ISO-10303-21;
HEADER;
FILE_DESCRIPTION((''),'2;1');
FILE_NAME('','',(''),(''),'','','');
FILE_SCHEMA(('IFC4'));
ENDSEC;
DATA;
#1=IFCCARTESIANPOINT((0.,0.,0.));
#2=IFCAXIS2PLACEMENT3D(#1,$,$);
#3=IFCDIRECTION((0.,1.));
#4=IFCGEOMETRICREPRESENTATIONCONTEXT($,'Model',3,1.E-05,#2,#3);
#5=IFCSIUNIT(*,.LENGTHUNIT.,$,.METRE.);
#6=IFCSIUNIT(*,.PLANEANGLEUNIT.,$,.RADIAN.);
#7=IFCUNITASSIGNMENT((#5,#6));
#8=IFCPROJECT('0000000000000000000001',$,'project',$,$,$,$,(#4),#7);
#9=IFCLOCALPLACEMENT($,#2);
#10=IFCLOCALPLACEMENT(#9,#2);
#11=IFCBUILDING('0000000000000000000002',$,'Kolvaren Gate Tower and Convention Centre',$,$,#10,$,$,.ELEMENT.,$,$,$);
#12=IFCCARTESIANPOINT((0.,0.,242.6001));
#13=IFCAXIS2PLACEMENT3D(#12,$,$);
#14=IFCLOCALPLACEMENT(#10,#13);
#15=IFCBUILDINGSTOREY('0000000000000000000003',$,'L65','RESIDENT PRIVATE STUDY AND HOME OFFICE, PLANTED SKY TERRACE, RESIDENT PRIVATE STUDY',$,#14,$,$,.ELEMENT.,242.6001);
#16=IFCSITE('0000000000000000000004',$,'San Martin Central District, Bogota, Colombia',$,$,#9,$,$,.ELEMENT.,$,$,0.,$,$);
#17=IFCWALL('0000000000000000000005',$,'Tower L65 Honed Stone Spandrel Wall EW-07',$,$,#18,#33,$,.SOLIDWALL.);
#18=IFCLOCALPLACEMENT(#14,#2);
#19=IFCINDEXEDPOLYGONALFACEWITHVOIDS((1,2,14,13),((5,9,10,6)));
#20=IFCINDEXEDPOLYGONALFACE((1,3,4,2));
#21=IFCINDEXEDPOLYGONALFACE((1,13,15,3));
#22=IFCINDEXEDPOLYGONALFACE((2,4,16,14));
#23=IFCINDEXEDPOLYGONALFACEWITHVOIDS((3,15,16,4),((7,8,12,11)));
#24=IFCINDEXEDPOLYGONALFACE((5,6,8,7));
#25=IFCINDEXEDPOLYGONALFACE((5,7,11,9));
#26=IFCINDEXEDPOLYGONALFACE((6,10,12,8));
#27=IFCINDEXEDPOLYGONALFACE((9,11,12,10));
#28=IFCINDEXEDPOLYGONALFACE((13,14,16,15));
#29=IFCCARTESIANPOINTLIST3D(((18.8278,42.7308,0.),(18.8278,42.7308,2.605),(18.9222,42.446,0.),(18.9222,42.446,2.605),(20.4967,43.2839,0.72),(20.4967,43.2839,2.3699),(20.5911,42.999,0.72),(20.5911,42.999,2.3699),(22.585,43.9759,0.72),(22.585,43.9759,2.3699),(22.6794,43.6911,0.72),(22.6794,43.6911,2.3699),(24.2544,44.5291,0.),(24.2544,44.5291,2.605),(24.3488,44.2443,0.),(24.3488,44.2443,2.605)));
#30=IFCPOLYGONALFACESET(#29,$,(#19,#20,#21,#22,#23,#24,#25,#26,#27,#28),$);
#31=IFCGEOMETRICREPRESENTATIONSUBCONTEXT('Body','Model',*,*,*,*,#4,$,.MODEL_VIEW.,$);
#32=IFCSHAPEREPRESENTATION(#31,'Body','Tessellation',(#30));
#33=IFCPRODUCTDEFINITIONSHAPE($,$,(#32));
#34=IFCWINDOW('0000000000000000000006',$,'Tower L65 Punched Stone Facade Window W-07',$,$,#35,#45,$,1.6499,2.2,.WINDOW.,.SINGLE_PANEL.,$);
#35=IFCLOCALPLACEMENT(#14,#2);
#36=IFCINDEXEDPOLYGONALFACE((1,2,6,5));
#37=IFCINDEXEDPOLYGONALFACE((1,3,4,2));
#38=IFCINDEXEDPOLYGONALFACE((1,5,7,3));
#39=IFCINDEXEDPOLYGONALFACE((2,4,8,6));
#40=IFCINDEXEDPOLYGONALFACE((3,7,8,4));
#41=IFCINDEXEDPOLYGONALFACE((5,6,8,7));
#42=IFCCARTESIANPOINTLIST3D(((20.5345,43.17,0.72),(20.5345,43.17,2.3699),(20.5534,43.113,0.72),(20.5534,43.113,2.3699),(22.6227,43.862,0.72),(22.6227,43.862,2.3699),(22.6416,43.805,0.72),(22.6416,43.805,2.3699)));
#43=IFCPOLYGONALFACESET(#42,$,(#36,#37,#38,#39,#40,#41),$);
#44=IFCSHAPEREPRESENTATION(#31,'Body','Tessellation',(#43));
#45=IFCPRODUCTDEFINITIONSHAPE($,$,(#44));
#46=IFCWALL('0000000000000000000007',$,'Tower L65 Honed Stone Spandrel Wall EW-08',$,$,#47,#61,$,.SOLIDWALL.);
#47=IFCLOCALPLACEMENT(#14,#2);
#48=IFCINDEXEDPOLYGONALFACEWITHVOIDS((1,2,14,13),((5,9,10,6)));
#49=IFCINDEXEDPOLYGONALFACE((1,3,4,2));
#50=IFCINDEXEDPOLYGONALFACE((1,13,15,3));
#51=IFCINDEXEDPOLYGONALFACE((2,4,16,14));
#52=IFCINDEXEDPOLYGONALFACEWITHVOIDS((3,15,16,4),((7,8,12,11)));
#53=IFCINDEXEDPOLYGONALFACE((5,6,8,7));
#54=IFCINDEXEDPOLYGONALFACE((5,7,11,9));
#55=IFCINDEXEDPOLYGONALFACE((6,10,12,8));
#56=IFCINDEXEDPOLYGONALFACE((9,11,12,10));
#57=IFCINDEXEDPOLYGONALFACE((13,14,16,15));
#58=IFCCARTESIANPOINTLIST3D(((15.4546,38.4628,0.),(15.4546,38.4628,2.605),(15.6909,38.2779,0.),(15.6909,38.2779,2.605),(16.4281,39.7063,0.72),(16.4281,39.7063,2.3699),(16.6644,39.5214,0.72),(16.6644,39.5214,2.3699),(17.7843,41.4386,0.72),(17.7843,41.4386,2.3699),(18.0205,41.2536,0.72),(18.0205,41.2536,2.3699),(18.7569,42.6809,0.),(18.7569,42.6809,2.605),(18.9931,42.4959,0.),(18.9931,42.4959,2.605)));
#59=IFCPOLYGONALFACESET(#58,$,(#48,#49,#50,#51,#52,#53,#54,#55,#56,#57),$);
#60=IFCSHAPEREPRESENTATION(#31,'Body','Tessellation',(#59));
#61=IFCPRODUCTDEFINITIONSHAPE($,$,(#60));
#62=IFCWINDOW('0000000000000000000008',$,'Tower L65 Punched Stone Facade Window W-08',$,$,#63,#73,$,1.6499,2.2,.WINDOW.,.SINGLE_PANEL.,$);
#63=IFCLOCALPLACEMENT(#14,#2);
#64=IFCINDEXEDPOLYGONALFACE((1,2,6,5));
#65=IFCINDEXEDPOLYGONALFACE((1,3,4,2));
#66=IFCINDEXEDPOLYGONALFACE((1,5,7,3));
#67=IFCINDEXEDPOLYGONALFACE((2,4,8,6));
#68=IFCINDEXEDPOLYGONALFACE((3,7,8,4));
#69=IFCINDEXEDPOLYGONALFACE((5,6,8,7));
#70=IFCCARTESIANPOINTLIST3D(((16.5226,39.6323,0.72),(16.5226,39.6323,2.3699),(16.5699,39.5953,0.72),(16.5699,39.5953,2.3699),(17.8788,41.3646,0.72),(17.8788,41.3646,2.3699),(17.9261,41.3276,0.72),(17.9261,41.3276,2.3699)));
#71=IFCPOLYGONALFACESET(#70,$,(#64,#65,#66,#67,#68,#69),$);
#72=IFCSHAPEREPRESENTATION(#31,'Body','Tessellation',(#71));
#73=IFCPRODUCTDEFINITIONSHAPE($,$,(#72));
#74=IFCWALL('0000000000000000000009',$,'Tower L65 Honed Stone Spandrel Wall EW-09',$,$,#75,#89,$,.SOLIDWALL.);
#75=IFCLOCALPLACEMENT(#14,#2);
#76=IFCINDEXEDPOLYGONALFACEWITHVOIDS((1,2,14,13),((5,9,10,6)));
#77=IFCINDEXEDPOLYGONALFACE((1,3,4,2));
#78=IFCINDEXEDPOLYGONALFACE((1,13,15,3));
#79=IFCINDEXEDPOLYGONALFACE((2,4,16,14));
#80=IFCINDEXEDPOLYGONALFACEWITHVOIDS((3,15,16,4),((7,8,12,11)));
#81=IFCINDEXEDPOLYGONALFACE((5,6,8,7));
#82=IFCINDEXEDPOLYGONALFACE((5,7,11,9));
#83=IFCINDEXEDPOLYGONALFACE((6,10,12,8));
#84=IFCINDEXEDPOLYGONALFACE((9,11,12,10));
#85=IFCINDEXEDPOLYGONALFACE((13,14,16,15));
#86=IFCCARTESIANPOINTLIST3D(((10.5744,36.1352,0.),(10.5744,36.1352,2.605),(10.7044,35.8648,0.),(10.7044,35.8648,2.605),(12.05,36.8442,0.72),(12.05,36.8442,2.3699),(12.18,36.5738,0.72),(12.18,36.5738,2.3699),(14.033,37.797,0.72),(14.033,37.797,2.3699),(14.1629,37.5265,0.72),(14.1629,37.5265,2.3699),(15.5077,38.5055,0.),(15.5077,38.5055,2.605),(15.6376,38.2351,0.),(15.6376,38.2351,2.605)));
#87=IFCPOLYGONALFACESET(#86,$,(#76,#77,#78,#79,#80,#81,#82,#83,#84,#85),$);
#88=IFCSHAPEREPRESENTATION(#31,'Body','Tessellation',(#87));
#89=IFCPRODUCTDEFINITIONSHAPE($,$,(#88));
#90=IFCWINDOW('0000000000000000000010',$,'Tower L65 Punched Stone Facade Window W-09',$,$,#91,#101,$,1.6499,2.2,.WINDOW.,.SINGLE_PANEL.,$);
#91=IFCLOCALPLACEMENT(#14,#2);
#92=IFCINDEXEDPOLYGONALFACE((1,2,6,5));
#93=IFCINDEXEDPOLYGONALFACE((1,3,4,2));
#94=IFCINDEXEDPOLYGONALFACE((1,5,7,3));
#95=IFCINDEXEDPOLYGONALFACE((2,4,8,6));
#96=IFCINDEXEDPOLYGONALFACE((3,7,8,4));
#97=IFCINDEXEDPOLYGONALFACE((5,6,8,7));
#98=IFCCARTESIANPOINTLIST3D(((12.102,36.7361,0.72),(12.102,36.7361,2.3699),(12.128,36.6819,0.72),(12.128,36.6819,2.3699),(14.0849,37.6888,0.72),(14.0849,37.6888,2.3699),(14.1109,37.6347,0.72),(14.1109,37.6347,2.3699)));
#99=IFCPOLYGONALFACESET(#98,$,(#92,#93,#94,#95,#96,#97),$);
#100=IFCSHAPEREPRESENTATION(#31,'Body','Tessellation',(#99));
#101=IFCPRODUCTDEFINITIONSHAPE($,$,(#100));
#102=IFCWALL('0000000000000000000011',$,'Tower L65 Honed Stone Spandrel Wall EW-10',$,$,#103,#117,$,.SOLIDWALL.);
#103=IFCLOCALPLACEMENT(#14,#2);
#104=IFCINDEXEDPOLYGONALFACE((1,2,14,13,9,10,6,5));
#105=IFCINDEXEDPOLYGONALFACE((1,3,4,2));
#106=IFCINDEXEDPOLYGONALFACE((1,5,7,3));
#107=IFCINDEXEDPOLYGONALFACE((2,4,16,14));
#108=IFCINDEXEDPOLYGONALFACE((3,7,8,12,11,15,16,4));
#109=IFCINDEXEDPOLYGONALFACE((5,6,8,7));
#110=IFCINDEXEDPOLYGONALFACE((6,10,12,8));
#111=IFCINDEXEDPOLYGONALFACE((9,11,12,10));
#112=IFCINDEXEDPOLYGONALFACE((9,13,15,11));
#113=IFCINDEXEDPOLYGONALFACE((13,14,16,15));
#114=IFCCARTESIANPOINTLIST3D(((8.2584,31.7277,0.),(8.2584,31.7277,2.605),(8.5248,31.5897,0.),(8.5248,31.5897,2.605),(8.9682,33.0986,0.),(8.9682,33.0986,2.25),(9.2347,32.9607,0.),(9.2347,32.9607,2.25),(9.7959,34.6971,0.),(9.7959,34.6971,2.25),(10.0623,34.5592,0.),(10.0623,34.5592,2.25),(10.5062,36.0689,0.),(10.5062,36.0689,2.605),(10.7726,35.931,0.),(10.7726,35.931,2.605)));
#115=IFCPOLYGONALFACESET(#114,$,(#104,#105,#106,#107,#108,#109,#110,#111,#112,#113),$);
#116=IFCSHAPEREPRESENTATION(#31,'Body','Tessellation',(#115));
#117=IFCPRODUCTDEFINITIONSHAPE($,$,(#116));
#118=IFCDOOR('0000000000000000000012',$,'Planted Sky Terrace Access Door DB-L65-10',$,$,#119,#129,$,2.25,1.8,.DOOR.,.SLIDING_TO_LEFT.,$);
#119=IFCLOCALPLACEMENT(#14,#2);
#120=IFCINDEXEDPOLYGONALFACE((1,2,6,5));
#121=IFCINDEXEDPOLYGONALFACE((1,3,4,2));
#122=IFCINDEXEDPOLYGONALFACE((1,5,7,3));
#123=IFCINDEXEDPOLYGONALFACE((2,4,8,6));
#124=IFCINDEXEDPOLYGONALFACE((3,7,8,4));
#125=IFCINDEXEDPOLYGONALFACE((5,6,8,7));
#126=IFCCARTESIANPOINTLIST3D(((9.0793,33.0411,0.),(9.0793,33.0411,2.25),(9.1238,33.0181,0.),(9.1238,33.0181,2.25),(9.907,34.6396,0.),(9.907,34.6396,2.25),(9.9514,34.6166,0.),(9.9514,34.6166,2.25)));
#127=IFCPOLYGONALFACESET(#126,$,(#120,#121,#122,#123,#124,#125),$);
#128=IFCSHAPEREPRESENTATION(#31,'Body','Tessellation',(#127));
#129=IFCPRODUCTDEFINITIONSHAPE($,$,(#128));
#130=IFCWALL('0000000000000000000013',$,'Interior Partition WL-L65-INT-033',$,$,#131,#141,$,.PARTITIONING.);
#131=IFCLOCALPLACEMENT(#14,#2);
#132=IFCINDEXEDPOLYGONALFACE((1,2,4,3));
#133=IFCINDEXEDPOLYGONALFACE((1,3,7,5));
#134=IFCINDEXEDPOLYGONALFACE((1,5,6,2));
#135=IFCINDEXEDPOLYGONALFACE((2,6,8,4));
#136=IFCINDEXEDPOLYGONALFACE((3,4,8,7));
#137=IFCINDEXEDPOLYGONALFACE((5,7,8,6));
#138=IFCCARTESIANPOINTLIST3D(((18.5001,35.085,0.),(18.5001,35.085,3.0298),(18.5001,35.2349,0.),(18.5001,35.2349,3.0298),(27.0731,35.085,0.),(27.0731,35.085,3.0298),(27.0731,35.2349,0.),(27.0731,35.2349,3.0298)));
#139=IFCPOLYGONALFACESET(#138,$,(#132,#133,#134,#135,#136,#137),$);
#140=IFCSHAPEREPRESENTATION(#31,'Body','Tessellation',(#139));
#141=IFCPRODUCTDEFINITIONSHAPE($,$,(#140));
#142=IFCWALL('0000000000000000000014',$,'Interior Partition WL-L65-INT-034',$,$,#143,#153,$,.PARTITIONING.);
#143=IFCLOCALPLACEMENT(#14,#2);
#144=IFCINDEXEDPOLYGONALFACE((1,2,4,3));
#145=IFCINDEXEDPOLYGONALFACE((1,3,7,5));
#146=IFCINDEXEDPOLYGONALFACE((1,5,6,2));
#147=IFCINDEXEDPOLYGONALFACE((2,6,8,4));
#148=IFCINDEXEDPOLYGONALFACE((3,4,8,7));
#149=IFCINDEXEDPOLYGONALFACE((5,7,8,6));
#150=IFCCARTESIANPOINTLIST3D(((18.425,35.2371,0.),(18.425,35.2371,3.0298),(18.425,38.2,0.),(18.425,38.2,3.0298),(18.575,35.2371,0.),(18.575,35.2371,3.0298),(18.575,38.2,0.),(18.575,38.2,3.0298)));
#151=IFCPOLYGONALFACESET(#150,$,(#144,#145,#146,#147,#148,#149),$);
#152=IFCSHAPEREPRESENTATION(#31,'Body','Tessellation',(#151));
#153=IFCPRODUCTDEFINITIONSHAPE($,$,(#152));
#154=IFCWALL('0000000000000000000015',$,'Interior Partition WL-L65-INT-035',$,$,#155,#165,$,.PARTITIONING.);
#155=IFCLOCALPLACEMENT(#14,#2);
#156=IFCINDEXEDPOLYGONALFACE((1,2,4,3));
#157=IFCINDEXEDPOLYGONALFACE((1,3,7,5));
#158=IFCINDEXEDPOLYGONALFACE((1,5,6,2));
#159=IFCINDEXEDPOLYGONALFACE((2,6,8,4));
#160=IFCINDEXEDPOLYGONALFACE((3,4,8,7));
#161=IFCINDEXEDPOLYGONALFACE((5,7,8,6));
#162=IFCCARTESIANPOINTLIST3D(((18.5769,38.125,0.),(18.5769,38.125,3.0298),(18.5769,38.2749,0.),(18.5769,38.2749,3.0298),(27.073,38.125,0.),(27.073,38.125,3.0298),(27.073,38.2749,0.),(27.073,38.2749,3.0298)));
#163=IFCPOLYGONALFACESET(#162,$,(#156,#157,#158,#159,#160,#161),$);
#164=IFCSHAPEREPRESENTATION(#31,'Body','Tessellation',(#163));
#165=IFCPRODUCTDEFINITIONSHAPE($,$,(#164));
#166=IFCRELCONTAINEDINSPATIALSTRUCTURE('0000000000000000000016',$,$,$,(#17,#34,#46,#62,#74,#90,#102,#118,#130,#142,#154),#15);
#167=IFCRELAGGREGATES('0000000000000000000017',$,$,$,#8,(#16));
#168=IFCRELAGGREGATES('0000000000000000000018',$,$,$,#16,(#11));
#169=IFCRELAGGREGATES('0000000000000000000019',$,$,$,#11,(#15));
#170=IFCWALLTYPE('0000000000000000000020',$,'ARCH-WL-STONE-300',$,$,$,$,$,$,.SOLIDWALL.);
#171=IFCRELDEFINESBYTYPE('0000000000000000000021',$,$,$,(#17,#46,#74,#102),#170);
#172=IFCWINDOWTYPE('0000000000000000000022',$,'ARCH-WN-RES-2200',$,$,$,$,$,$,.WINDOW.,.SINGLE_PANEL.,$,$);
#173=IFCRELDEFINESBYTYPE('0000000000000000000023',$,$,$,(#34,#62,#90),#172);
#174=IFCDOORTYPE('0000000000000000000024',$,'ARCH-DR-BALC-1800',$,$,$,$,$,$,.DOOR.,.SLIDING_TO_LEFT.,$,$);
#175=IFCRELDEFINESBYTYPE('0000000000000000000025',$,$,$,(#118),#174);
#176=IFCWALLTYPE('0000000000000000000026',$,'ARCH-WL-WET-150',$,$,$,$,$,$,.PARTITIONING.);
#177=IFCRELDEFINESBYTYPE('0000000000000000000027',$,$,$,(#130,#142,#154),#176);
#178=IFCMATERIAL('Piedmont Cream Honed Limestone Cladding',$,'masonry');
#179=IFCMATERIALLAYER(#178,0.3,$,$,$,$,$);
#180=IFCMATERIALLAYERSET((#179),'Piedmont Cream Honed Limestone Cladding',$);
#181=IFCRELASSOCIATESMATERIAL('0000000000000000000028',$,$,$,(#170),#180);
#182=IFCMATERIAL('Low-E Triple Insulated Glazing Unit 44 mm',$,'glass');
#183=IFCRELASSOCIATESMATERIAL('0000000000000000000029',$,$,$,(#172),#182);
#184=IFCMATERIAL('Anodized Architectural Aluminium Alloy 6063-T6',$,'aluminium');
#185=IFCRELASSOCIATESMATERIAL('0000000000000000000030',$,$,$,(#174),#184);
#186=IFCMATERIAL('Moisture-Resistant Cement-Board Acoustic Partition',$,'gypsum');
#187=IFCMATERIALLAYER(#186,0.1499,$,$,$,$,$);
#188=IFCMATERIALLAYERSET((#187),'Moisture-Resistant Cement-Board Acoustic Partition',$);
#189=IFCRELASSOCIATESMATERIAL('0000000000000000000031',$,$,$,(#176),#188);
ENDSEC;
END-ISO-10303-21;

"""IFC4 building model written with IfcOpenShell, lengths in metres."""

from ifc_helpers import new_model, si_unit, direction, frame, frame_2d, origin, place, context, subcontext, project, spatial, rectangle, extrude, material, layer, layer_set, type_object, element, fill, save


model = new_model("IFC4")

# Units and contexts
model_context = context("Model", 3, precision=1e-05, world=origin(), true_north=direction((0.0, 1.0)))
body_context = subcontext(model_context, "Body", "Model", "MODEL_VIEW")
ifc_project = project(units=[si_unit("LENGTHUNIT", "METRE"), si_unit("PLANEANGLEUNIT", "RADIAN")], contexts=[model_context])

# Site, building, storey
site_placement = place(None, origin())
site = spatial("IfcSite", under=ifc_project, at=site_placement, Name="San Martin Central District, Bogota, Colombia", CompositionType="ELEMENT", RefElevation=0.0)
building_placement = place(site_placement, origin())
building = spatial("IfcBuilding", under=site, at=building_placement, Name="Kolvaren Gate Tower and Convention Centre", CompositionType="ELEMENT")
storey_placement = place(building_placement, frame((0.0, 0.0, 242.6001)))
storey = spatial("IfcBuildingStorey", under=building, at=storey_placement, Name="L65", Description="RESIDENT PRIVATE STUDY AND HOME OFFICE, PLANTED SKY TERRACE, RESIDENT PRIVATE STUDY", CompositionType="ELEMENT", Elevation=242.6001)

# Shared definitions
ifc_material_1 = material(Name="Piedmont Cream Honed Limestone Cladding", Category="masonry")

# Walls, openings, windows
ifc_layer_1 = layer(ifc_material_1, 0.3)
ifc_layer_set_1 = layer_set([ifc_layer_1], Name="Piedmont Cream Honed Limestone Cladding")
wall_type_1 = type_object("IfcWallType", Name="ARCH-WL-STONE-300", PredefinedType="SOLIDWALL", material=ifc_layer_set_1)
wall_1_placement = place(storey_placement, frame((18.875, 42.5884, 0.0), z_axis=(0.0, 0.0, 1.0), x_axis=(0.949233, 0.314575, 0.0)))
wall_1 = element("IfcWall", 1, at=wall_1_placement, inside=storey, type_object=wall_type_1, Name="Tower L65 Honed Stone Spandrel Wall EW-07", PredefinedType="SOLIDWALL", context=body_context, shape_type="SweptSolid", body=[
    extrude(rectangle(XDim=5.7168, YDim=0.3, at=frame_2d((2.8584, 0.0))), origin(), (0.0, 0.0, 1.0), 2.605),
])
opening_1_placement = place(wall_1_placement, frame((1.7581, 0.0, 0.72)))
opening_1 = element("IfcOpeningElement", 2, at=opening_1_placement, cuts=wall_1, PredefinedType="OPENING", context=body_context, shape_type="SweptSolid", body=[
    extrude(rectangle(XDim=2.2, YDim=1.6499, at=frame_2d((1.1001, 0.825))), frame((0.0, 0.1599, 0.0), z_axis=(0.0, -1.0, 0.0), x_axis=(1.0, 0.0, 0.0)), (0.0, 0.0, 1.0), 0.3201),
])
ifc_material_2 = material(Name="Low-E Triple Insulated Glazing Unit 44 mm", Category="glass")
window_type = type_object("IfcWindowType", Name="ARCH-WN-RES-2200", PartitioningType="SINGLE_PANEL", PredefinedType="WINDOW", material=ifc_material_2)
window_1_placement = place(opening_1_placement, origin())
window_1 = element("IfcWindow", 3, at=window_1_placement, inside=storey, type_object=window_type, Name="Tower L65 Punched Stone Facade Window W-07", OverallHeight=1.6499, OverallWidth=2.2, PartitioningType="SINGLE_PANEL", PredefinedType="WINDOW", context=body_context, shape_type="SweptSolid", body=[
    extrude(rectangle(XDim=2.2, YDim=1.6499, at=frame_2d((1.1001, 0.825))), frame((0.0, 0.03, 0.0), z_axis=(0.0, -1.0, 0.0), x_axis=(1.0, 0.0, 0.0)), (0.0, 0.0, 1.0), 0.0601),
])
fill(opening_1, window_1)
wall_2_placement = place(storey_placement, frame((15.5728, 38.3704, 0.0), z_axis=(0.0, 0.0, 1.0), x_axis=(0.616446, 0.787397, 0.0)))
wall_2 = element("IfcWall", 4, at=wall_2_placement, inside=storey, type_object=wall_type_1, Name="Tower L65 Honed Stone Spandrel Wall EW-08", PredefinedType="SOLIDWALL", context=body_context, shape_type="SweptSolid", body=[
    extrude(rectangle(XDim=5.3569, YDim=0.3, at=frame_2d((2.6785, 0.0))), origin(), (0.0, 0.0, 1.0), 2.605),
])
opening_2_placement = place(wall_2_placement, frame((1.5791, 0.0, 0.72)))
opening_2 = element("IfcOpeningElement", 5, at=opening_2_placement, cuts=wall_2, PredefinedType="OPENING", context=body_context, shape_type="SweptSolid", body=[
    extrude(rectangle(XDim=2.2, YDim=1.6499, at=frame_2d((1.1001, 0.825))), frame((0.0, 0.1599, 0.0), z_axis=(0.0, -1.0, 0.0), x_axis=(1.0, 0.0, 0.0)), (0.0, 0.0, 1.0), 0.3201),
])
window_2_placement = place(opening_2_placement, origin())
window_2 = element("IfcWindow", 6, at=window_2_placement, inside=storey, type_object=window_type, Name="Tower L65 Punched Stone Facade Window W-08", OverallHeight=1.6499, OverallWidth=2.2, PartitioningType="SINGLE_PANEL", PredefinedType="WINDOW", context=body_context, shape_type="SweptSolid", body=[
    extrude(rectangle(XDim=2.2, YDim=1.6499, at=frame_2d((1.1001, 0.825))), frame((0.0, 0.03, 0.0), z_axis=(0.0, -1.0, 0.0), x_axis=(1.0, 0.0, 0.0)), (0.0, 0.0, 1.0), 0.0601),
])
fill(opening_2, window_2)
wall_3_placement = place(storey_placement, frame((10.6394, 36.0, 0.0), z_axis=(0.0, 0.0, 1.0), x_axis=(0.901355, 0.433081, 0.0)))
wall_3 = element("IfcWall", 7, at=wall_3_placement, inside=storey, type_object=wall_type_1, Name="Tower L65 Honed Stone Spandrel Wall EW-09", PredefinedType="SOLIDWALL", context=body_context, shape_type="SweptSolid", body=[
    extrude(rectangle(XDim=5.4731, YDim=0.3, at=frame_2d((2.7366, 0.0))), origin(), (0.0, 0.0, 1.0), 2.605),
])
opening_3_placement = place(wall_3_placement, frame((1.637, 0.0, 0.72)))
opening_3 = element("IfcOpeningElement", 8, at=opening_3_placement, cuts=wall_3, PredefinedType="OPENING", context=body_context, shape_type="SweptSolid", body=[
    extrude(rectangle(XDim=2.2, YDim=1.6499, at=frame_2d((1.1001, 0.825))), frame((0.0, 0.1599, 0.0), z_axis=(0.0, -1.0, 0.0), x_axis=(1.0, 0.0, 0.0)), (0.0, 0.0, 1.0), 0.3201),
])
window_3_placement = place(opening_3_placement, origin())
window_3 = element("IfcWindow", 9, at=window_3_placement, inside=storey, type_object=window_type, Name="Tower L65 Punched Stone Facade Window W-09", OverallHeight=1.6499, OverallWidth=2.2, PartitioningType="SINGLE_PANEL", PredefinedType="WINDOW", context=body_context, shape_type="SweptSolid", body=[
    extrude(rectangle(XDim=2.2, YDim=1.6499, at=frame_2d((1.1001, 0.825))), frame((0.0, 0.03, 0.0), z_axis=(0.0, -1.0, 0.0), x_axis=(1.0, 0.0, 0.0)), (0.0, 0.0, 1.0), 0.0601),
])
fill(opening_3, window_3)

# Wall, opening, door
wall_4_placement = place(storey_placement, frame((8.3916, 31.6587, 0.0), z_axis=(0.0, 0.0, 1.0), x_axis=(0.459794, 0.888026, 0.0)))
wall_4 = element("IfcWall", 10, at=wall_4_placement, inside=storey, type_object=wall_type_1, Name="Tower L65 Honed Stone Spandrel Wall EW-10", PredefinedType="SOLIDWALL", context=body_context, shape_type="SweptSolid", body=[
    extrude(rectangle(XDim=4.8887, YDim=0.3, at=frame_2d((2.4443, 0.0))), origin(), (0.0, 0.0, 1.0), 2.605),
])
opening_4_placement = place(wall_4_placement, frame((1.5439, 0.0, 0.0)))
opening_4 = element("IfcOpeningElement", 11, at=opening_4_placement, cuts=wall_4, PredefinedType="OPENING", context=body_context, shape_type="SweptSolid", body=[
    extrude(rectangle(XDim=1.8, YDim=2.25, at=frame_2d((0.8999, 1.125))), frame((0.0, 0.1599, 0.0), z_axis=(0.0, -1.0, 0.0), x_axis=(1.0, 0.0, 0.0)), (0.0, 0.0, 1.0), 0.3201),
])
ifc_material_3 = material(Name="Anodized Architectural Aluminium Alloy 6063-T6", Category="aluminium")
door_type = type_object("IfcDoorType", Name="ARCH-DR-BALC-1800", OperationType="SLIDING_TO_LEFT", PredefinedType="DOOR", material=ifc_material_3)
door_placement = place(opening_4_placement, origin())
door = element("IfcDoor", 12, at=door_placement, inside=storey, type_object=door_type, Name="Planted Sky Terrace Access Door DB-L65-10", OperationType="SLIDING_TO_LEFT", OverallHeight=2.25, OverallWidth=1.8, PredefinedType="DOOR", context=body_context, shape_type="SweptSolid", body=[
    extrude(rectangle(XDim=1.8, YDim=2.25, at=frame_2d((0.8999, 1.125))), frame((0.0, 0.0249, 0.0), z_axis=(0.0, -1.0, 0.0), x_axis=(1.0, 0.0, 0.0)), (0.0, 0.0, 1.0), 0.05),
])
fill(opening_4, door)

# Walls
ifc_material_4 = material(Name="Moisture-Resistant Cement-Board Acoustic Partition", Category="gypsum")
ifc_layer_2 = layer(ifc_material_4, 0.1499)
ifc_layer_set_2 = layer_set([ifc_layer_2], Name="Moisture-Resistant Cement-Board Acoustic Partition")
wall_type_2 = type_object("IfcWallType", Name="ARCH-WL-WET-150", PredefinedType="PARTITIONING", material=ifc_layer_set_2)
wall_5_placement = place(storey_placement, frame((18.5, 35.1599, 0.0), z_axis=(0.0, 0.0, 1.0), x_axis=(1.0, 0.0, 0.0)))
element("IfcWall", 13, at=wall_5_placement, inside=storey, type_object=wall_type_2, Name="Interior Partition WL-L65-INT-033", PredefinedType="PARTITIONING", context=body_context, shape_type="SweptSolid", body=[
    extrude(rectangle(XDim=8.573, YDim=0.1499, at=frame_2d((4.2866, 0.0))), origin(), (0.0, 0.0, 1.0), 3.0298),
])
wall_6_placement = place(storey_placement, frame((18.5, 35.2371, 0.0), z_axis=(0.0, 0.0, 1.0), x_axis=(0.0, 1.0, 0.0)))
element("IfcWall", 14, at=wall_6_placement, inside=storey, type_object=wall_type_2, Name="Interior Partition WL-L65-INT-034", PredefinedType="PARTITIONING", context=body_context, shape_type="SweptSolid", body=[
    extrude(rectangle(XDim=2.9629, YDim=0.1499, at=frame_2d((1.4814, 0.0))), origin(), (0.0, 0.0, 1.0), 3.0298),
])
wall_7_placement = place(storey_placement, frame((18.5769, 38.2, 0.0), z_axis=(0.0, 0.0, 1.0), x_axis=(1.0, 0.0, 0.0)))
element("IfcWall", 15, at=wall_7_placement, inside=storey, type_object=wall_type_2, Name="Interior Partition WL-L65-INT-035", PredefinedType="PARTITIONING", context=body_context, shape_type="SweptSolid", body=[
    extrude(rectangle(XDim=8.4961, YDim=0.1499, at=frame_2d((4.248, 0.0))), origin(), (0.0, 0.0, 1.0), 3.0298),
])

save(model, "model.ifc")
